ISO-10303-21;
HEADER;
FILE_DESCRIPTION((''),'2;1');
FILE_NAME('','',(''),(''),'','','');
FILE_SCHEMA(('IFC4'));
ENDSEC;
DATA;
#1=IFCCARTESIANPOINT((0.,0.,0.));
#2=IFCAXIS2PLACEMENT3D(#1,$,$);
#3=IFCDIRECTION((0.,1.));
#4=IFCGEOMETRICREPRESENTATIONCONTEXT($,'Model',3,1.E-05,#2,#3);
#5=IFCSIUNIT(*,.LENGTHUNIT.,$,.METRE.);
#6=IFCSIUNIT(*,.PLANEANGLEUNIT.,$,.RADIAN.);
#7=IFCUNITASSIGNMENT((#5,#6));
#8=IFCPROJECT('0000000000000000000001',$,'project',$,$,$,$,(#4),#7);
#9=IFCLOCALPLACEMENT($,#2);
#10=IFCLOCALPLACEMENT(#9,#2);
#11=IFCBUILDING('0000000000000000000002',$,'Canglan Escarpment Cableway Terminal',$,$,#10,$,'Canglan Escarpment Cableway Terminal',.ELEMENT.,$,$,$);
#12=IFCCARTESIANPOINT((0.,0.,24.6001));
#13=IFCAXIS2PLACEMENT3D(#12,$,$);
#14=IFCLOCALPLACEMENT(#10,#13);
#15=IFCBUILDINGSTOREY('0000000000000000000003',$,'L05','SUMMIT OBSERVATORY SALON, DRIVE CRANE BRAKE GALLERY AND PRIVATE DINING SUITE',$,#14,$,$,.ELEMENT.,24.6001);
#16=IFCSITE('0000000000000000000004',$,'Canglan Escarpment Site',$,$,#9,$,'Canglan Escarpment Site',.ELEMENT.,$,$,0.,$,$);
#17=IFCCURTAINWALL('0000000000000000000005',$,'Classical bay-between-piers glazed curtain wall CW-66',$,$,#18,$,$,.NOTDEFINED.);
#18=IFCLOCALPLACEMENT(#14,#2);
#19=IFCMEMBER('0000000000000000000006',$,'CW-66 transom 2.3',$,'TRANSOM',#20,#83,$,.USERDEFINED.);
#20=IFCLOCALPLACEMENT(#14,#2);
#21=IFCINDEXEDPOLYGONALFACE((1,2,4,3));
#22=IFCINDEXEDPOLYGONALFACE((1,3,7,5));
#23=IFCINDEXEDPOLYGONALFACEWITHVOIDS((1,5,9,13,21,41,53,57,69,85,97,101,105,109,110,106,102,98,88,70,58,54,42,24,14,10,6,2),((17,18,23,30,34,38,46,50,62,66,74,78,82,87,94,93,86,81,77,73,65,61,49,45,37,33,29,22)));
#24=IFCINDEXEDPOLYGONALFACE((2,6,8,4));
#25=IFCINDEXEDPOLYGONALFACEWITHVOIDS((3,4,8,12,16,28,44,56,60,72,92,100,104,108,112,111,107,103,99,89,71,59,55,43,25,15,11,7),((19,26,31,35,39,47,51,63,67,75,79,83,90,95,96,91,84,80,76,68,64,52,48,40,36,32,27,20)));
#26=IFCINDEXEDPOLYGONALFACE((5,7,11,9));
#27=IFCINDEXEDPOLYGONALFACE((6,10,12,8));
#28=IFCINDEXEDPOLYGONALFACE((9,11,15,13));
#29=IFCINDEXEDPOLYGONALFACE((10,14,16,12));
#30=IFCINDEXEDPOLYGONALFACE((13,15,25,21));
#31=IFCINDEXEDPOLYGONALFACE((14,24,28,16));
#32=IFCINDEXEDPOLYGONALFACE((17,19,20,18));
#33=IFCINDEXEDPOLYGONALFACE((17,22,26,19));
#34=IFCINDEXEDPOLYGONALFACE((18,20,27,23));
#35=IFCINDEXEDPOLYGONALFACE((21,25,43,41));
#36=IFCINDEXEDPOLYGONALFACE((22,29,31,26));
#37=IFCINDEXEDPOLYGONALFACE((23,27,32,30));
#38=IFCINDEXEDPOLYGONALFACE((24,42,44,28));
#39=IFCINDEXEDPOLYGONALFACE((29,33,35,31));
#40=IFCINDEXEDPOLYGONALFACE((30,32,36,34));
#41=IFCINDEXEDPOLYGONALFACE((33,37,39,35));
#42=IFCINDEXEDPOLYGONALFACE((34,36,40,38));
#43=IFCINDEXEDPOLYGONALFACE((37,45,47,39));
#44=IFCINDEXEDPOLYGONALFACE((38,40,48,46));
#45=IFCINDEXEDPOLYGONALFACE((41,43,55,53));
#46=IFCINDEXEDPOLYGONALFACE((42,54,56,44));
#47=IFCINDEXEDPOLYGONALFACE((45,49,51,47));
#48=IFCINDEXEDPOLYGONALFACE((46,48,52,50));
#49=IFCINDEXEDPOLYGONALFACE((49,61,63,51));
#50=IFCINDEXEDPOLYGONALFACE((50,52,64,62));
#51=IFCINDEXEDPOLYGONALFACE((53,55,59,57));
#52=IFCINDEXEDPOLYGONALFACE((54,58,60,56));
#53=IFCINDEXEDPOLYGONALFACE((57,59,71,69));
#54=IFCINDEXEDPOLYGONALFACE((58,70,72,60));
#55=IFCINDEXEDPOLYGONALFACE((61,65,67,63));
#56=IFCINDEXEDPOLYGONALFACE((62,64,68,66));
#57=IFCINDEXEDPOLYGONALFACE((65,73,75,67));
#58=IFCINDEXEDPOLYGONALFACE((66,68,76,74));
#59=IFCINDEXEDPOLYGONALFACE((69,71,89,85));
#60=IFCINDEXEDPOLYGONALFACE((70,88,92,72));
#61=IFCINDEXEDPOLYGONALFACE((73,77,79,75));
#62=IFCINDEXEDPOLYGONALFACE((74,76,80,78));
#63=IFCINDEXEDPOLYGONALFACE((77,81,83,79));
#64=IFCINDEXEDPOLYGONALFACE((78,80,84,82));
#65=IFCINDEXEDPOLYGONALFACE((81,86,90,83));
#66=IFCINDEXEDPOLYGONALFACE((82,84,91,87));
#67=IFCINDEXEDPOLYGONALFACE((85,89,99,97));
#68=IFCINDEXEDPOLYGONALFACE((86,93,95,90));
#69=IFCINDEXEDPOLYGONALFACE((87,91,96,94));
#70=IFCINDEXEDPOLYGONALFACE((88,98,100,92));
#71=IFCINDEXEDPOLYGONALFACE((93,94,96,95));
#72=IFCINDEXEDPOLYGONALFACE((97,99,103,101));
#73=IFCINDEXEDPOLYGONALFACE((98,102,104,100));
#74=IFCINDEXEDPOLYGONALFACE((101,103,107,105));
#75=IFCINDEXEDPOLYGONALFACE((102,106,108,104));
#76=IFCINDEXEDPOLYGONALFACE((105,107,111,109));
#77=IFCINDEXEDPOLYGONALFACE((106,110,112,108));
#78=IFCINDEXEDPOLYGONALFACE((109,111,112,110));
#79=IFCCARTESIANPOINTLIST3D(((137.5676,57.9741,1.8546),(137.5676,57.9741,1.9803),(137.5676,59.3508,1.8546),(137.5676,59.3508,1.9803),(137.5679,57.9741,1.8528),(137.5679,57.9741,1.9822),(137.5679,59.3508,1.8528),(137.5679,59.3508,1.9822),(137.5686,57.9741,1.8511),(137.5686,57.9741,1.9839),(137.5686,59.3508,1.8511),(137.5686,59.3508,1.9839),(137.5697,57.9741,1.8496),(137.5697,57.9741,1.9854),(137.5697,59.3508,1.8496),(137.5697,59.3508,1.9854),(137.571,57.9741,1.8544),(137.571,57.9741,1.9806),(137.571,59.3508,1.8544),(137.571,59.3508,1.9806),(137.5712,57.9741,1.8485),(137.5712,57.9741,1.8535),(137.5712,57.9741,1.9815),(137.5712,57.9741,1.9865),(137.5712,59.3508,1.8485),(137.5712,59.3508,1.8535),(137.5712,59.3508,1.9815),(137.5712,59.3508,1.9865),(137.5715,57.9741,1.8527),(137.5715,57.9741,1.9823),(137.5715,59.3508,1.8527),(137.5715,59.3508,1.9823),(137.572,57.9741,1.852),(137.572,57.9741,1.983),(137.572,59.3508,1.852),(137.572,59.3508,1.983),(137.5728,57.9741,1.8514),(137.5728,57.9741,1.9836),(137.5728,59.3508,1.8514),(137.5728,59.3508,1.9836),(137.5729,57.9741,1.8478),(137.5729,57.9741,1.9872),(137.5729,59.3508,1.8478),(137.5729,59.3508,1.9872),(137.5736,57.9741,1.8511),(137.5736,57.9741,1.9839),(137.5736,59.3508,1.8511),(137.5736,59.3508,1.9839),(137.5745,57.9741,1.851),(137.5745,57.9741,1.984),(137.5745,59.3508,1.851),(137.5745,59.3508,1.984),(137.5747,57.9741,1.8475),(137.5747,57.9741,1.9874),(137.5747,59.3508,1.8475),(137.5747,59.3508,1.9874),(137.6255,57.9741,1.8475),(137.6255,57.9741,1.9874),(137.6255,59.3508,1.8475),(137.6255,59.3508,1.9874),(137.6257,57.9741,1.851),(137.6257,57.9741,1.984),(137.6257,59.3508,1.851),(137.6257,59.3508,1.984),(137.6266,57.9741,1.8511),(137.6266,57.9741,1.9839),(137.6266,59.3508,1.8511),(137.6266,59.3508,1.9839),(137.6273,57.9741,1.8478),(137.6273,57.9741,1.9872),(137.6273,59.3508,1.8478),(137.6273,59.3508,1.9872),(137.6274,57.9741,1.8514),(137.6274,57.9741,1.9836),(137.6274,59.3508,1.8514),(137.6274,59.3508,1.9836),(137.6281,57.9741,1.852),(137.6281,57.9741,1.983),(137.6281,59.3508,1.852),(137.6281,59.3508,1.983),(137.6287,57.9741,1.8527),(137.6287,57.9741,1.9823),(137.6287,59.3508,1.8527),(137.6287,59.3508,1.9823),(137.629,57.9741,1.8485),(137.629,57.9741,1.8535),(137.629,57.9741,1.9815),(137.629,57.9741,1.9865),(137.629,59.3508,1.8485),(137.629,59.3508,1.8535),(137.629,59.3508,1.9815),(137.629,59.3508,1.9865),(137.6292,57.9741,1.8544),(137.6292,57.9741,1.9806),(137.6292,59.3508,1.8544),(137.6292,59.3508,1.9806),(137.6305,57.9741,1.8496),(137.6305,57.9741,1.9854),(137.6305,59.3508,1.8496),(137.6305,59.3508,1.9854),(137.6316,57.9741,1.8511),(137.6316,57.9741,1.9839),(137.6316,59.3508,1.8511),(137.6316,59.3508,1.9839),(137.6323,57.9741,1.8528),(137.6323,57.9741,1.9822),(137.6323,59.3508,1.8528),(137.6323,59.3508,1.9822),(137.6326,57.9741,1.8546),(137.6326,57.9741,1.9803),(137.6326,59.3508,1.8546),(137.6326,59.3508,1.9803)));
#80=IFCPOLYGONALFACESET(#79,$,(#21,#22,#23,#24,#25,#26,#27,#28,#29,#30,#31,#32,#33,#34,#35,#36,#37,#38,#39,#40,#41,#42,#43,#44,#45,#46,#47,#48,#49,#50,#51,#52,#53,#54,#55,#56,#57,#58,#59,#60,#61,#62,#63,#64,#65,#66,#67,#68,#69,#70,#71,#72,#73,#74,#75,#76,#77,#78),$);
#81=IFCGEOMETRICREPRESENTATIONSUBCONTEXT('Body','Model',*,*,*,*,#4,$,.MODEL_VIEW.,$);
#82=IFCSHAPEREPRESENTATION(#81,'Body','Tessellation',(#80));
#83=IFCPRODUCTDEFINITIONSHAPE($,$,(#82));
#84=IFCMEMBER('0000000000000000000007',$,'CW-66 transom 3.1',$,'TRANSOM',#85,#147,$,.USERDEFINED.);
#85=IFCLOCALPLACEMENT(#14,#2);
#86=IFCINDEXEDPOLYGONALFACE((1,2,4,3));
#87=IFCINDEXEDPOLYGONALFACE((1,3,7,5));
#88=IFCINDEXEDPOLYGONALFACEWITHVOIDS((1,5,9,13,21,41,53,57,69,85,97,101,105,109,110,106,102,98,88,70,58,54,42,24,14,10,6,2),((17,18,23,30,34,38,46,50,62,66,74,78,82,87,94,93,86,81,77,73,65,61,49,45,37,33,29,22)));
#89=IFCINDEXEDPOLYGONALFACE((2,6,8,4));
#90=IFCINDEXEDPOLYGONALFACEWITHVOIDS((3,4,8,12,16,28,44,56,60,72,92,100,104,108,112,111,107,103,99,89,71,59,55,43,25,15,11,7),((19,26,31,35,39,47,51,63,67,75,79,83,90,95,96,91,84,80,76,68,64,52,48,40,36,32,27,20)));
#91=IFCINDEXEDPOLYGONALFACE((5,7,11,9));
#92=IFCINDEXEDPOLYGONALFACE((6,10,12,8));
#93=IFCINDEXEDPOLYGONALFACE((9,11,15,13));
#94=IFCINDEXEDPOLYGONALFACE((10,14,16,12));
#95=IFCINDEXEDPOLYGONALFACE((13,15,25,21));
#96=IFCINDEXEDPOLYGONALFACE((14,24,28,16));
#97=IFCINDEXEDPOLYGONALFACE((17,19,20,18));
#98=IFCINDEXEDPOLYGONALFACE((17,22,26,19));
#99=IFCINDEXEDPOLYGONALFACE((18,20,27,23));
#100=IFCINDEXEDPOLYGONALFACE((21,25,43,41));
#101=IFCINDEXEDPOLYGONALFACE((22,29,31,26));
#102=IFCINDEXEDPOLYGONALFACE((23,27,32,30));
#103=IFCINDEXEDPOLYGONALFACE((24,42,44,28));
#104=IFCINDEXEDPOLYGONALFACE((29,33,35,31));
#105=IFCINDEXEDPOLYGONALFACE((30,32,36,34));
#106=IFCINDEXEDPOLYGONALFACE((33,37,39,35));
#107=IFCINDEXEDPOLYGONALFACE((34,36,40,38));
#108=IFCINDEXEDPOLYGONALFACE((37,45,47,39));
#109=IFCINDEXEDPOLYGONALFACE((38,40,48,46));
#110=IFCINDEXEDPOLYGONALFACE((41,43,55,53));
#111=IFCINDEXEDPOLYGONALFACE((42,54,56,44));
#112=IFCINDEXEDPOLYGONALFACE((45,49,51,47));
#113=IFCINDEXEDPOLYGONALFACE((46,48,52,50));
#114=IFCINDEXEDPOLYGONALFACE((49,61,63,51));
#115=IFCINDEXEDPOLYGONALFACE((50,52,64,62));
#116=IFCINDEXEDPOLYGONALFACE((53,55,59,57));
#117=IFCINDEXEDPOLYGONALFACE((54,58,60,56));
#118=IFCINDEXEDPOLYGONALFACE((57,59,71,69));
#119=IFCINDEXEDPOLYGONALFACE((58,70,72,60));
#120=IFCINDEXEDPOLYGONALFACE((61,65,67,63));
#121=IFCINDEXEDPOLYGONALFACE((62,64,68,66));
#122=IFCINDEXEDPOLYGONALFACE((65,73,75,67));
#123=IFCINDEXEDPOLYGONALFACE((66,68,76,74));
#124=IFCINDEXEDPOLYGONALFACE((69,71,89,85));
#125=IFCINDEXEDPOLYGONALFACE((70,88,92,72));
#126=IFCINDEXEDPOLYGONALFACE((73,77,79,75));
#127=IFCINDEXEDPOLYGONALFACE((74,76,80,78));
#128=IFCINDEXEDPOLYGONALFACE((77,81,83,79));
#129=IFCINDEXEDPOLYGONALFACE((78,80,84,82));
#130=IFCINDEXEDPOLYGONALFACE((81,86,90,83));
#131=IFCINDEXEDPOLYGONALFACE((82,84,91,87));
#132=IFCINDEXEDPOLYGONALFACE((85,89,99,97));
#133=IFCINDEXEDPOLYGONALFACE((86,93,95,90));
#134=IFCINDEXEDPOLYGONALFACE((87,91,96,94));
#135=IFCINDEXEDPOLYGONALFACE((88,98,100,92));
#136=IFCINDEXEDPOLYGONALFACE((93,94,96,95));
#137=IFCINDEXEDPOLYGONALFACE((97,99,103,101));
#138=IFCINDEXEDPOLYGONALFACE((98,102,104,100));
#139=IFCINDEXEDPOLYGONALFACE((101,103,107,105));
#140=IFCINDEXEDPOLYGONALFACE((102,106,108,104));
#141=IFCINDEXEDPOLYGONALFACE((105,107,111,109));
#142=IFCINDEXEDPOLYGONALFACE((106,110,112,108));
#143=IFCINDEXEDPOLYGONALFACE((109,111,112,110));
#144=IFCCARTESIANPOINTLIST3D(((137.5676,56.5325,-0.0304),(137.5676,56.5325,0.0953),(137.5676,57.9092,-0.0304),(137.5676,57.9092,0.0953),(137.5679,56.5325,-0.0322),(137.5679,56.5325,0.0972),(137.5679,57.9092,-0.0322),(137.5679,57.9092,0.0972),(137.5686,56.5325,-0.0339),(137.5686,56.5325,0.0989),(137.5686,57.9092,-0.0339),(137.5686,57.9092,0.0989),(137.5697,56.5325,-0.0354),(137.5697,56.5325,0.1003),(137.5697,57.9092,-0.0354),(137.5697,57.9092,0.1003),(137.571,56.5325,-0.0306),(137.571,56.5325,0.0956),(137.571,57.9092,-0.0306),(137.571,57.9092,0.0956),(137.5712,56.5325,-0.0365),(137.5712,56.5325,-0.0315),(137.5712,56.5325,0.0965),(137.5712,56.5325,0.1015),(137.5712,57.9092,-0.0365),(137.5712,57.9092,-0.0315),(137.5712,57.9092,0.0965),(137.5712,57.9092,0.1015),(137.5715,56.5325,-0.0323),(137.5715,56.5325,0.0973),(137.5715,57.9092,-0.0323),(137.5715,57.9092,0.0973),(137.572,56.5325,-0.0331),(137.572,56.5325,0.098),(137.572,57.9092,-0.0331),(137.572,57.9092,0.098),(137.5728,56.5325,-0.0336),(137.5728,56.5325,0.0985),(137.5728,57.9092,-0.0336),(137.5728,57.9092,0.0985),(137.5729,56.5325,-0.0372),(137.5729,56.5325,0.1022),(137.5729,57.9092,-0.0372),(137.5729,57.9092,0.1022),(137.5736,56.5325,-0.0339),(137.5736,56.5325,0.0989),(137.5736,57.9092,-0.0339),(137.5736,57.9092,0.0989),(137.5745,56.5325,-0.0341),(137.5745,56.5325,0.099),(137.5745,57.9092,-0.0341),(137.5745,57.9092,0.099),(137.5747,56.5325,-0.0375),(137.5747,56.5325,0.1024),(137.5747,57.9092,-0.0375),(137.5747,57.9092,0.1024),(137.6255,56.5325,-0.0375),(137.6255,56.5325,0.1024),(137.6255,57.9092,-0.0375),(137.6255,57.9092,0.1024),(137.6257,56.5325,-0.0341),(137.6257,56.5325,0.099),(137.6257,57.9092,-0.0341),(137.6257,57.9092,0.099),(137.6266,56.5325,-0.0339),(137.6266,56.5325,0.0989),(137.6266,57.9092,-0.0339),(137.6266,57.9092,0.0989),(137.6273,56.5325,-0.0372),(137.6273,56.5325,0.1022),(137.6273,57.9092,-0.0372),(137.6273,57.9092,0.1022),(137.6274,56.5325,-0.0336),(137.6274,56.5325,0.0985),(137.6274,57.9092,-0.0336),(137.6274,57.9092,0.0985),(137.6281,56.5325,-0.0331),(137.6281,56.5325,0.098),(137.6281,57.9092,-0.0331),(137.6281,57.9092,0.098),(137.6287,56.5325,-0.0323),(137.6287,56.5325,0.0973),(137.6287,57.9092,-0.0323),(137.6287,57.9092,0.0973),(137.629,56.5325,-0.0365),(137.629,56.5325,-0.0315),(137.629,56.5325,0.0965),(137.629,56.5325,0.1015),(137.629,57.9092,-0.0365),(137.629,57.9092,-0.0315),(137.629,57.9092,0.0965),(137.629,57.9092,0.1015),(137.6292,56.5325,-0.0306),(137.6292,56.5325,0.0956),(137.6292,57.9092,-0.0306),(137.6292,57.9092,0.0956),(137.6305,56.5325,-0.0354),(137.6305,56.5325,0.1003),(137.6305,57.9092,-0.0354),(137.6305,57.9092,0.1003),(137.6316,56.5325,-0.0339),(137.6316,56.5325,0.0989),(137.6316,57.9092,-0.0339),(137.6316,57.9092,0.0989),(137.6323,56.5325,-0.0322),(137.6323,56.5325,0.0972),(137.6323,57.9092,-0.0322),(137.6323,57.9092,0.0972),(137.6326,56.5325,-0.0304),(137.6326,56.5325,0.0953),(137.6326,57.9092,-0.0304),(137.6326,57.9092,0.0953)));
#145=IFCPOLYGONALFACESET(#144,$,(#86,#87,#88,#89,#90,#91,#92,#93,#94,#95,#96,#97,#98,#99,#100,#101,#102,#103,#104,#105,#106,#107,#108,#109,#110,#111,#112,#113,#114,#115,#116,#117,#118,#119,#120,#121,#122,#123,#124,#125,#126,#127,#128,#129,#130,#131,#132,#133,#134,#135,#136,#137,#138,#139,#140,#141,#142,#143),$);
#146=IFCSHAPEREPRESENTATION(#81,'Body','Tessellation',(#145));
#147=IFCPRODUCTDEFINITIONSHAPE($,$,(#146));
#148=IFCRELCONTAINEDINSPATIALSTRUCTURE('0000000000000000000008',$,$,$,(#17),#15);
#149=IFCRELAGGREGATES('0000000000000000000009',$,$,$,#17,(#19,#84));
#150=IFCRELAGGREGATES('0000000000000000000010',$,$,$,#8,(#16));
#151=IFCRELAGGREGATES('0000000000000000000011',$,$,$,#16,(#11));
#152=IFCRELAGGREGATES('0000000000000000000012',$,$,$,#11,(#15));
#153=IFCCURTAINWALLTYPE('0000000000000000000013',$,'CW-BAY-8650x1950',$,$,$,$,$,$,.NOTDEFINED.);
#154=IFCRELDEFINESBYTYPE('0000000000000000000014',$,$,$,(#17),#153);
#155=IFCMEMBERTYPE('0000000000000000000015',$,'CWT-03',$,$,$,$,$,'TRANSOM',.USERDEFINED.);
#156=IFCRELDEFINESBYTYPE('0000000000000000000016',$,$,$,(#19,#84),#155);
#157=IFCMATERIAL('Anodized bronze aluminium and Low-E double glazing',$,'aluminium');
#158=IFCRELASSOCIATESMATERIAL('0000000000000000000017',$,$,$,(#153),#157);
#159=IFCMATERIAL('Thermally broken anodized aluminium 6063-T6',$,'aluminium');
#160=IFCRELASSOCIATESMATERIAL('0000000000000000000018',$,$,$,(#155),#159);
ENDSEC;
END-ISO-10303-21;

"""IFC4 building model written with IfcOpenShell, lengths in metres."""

from ifc_helpers import new_model, si_unit, direction, frame, origin, origin_2d, place, context, subcontext, project, spatial, hollow_rectangle, extrude, material, material_profile, profile_set, type_object, element, aggregate, save


model = new_model("IFC4")

# Units and contexts
model_context = context("Model", 3, precision=1e-05, world=origin(), true_north=direction((0.0, 1.0)))
body_context = subcontext(model_context, "Body", "Model", "MODEL_VIEW")
ifc_project = project(units=[si_unit("LENGTHUNIT", "METRE"), si_unit("PLANEANGLEUNIT", "RADIAN")], contexts=[model_context])

# Site, building, storey
site_placement = place(None, origin())
site = spatial("IfcSite", under=ifc_project, at=site_placement, Name="Canglan Escarpment Site", LongName="Canglan Escarpment Site", CompositionType="ELEMENT", RefElevation=0.0)
building_placement = place(site_placement, origin())
building = spatial("IfcBuilding", under=site, at=building_placement, Name="Canglan Escarpment Cableway Terminal", LongName="Canglan Escarpment Cableway Terminal", CompositionType="ELEMENT")
storey_placement = place(building_placement, frame((0.0, 0.0, 24.6001)))
storey = spatial("IfcBuildingStorey", under=building, at=storey_placement, Name="L05", Description="SUMMIT OBSERVATORY SALON, DRIVE CRANE BRAKE GALLERY AND PRIVATE DINING SUITE", CompositionType="ELEMENT", Elevation=24.6001)

# Curtain wall, members
ifc_material_1 = material(Name="Anodized bronze aluminium and Low-E double glazing", Category="aluminium")
curtain_wall_type = type_object("IfcCurtainWallType", Name="CW-BAY-8650x1950", PredefinedType="NOTDEFINED", material=ifc_material_1)
curtain_wall_placement = place(storey_placement, origin())
curtain_wall = element("IfcCurtainWall", 1, at=curtain_wall_placement, inside=storey, type_object=curtain_wall_type, Name="Classical bay-between-piers glazed curtain wall CW-66", PredefinedType="NOTDEFINED")
ifc_material_2 = material(Name="Thermally broken anodized aluminium 6063-T6", Category="aluminium")
ifc_material_profile_1 = material_profile(ifc_material_2, hollow_rectangle(XDim=0.0649, YDim=0.1399, WallThickness=0.0034, InnerFilletRadius=0.0034, OuterFilletRadius=0.0071, at=origin_2d()), Name="ALU-TRAN 65x140x3.5")
ifc_profile_set_1 = profile_set([ifc_material_profile_1], Name="Thermally broken anodized aluminium 6063-T6")
member_type_1 = type_object("IfcMemberType", Name="CWT-03", ElementType="TRANSOM", PredefinedType="USERDEFINED", material=ifc_profile_set_1)
member_1_placement = place(storey_placement, frame((137.6001, 59.3508, 1.9175), z_axis=(0.0, -1.0, 0.0), x_axis=(1.0, 0.0, 0.0)))
member_1 = element("IfcMember", 2, at=member_1_placement, type_object=member_type_1, Name="CW-66 transom 2.3", ObjectType="TRANSOM", PredefinedType="USERDEFINED", context=body_context, shape_type="SweptSolid", body=[
    extrude(hollow_rectangle(XDim=0.0649, YDim=0.1399, WallThickness=0.0034, InnerFilletRadius=0.0034, OuterFilletRadius=0.0071, at=origin_2d()), origin(), (0.0, 0.0, 1.0), 1.3767),
])
member_2_placement = place(storey_placement, frame((137.6001, 57.9092, 0.0325), z_axis=(0.0, -1.0, 0.0), x_axis=(1.0, 0.0, 0.0)))
member_2 = element("IfcMember", 3, at=member_2_placement, type_object=member_type_1, Name="CW-66 transom 3.1", ObjectType="TRANSOM", PredefinedType="USERDEFINED", context=body_context, shape_type="SweptSolid", body=[
    extrude(hollow_rectangle(XDim=0.0649, YDim=0.1399, WallThickness=0.0034, InnerFilletRadius=0.0034, OuterFilletRadius=0.0071, at=origin_2d()), origin(), (0.0, 0.0, 1.0), 1.3767),
])

aggregate(curtain_wall, [member_1, member_2])

save(model, "model.ifc")
